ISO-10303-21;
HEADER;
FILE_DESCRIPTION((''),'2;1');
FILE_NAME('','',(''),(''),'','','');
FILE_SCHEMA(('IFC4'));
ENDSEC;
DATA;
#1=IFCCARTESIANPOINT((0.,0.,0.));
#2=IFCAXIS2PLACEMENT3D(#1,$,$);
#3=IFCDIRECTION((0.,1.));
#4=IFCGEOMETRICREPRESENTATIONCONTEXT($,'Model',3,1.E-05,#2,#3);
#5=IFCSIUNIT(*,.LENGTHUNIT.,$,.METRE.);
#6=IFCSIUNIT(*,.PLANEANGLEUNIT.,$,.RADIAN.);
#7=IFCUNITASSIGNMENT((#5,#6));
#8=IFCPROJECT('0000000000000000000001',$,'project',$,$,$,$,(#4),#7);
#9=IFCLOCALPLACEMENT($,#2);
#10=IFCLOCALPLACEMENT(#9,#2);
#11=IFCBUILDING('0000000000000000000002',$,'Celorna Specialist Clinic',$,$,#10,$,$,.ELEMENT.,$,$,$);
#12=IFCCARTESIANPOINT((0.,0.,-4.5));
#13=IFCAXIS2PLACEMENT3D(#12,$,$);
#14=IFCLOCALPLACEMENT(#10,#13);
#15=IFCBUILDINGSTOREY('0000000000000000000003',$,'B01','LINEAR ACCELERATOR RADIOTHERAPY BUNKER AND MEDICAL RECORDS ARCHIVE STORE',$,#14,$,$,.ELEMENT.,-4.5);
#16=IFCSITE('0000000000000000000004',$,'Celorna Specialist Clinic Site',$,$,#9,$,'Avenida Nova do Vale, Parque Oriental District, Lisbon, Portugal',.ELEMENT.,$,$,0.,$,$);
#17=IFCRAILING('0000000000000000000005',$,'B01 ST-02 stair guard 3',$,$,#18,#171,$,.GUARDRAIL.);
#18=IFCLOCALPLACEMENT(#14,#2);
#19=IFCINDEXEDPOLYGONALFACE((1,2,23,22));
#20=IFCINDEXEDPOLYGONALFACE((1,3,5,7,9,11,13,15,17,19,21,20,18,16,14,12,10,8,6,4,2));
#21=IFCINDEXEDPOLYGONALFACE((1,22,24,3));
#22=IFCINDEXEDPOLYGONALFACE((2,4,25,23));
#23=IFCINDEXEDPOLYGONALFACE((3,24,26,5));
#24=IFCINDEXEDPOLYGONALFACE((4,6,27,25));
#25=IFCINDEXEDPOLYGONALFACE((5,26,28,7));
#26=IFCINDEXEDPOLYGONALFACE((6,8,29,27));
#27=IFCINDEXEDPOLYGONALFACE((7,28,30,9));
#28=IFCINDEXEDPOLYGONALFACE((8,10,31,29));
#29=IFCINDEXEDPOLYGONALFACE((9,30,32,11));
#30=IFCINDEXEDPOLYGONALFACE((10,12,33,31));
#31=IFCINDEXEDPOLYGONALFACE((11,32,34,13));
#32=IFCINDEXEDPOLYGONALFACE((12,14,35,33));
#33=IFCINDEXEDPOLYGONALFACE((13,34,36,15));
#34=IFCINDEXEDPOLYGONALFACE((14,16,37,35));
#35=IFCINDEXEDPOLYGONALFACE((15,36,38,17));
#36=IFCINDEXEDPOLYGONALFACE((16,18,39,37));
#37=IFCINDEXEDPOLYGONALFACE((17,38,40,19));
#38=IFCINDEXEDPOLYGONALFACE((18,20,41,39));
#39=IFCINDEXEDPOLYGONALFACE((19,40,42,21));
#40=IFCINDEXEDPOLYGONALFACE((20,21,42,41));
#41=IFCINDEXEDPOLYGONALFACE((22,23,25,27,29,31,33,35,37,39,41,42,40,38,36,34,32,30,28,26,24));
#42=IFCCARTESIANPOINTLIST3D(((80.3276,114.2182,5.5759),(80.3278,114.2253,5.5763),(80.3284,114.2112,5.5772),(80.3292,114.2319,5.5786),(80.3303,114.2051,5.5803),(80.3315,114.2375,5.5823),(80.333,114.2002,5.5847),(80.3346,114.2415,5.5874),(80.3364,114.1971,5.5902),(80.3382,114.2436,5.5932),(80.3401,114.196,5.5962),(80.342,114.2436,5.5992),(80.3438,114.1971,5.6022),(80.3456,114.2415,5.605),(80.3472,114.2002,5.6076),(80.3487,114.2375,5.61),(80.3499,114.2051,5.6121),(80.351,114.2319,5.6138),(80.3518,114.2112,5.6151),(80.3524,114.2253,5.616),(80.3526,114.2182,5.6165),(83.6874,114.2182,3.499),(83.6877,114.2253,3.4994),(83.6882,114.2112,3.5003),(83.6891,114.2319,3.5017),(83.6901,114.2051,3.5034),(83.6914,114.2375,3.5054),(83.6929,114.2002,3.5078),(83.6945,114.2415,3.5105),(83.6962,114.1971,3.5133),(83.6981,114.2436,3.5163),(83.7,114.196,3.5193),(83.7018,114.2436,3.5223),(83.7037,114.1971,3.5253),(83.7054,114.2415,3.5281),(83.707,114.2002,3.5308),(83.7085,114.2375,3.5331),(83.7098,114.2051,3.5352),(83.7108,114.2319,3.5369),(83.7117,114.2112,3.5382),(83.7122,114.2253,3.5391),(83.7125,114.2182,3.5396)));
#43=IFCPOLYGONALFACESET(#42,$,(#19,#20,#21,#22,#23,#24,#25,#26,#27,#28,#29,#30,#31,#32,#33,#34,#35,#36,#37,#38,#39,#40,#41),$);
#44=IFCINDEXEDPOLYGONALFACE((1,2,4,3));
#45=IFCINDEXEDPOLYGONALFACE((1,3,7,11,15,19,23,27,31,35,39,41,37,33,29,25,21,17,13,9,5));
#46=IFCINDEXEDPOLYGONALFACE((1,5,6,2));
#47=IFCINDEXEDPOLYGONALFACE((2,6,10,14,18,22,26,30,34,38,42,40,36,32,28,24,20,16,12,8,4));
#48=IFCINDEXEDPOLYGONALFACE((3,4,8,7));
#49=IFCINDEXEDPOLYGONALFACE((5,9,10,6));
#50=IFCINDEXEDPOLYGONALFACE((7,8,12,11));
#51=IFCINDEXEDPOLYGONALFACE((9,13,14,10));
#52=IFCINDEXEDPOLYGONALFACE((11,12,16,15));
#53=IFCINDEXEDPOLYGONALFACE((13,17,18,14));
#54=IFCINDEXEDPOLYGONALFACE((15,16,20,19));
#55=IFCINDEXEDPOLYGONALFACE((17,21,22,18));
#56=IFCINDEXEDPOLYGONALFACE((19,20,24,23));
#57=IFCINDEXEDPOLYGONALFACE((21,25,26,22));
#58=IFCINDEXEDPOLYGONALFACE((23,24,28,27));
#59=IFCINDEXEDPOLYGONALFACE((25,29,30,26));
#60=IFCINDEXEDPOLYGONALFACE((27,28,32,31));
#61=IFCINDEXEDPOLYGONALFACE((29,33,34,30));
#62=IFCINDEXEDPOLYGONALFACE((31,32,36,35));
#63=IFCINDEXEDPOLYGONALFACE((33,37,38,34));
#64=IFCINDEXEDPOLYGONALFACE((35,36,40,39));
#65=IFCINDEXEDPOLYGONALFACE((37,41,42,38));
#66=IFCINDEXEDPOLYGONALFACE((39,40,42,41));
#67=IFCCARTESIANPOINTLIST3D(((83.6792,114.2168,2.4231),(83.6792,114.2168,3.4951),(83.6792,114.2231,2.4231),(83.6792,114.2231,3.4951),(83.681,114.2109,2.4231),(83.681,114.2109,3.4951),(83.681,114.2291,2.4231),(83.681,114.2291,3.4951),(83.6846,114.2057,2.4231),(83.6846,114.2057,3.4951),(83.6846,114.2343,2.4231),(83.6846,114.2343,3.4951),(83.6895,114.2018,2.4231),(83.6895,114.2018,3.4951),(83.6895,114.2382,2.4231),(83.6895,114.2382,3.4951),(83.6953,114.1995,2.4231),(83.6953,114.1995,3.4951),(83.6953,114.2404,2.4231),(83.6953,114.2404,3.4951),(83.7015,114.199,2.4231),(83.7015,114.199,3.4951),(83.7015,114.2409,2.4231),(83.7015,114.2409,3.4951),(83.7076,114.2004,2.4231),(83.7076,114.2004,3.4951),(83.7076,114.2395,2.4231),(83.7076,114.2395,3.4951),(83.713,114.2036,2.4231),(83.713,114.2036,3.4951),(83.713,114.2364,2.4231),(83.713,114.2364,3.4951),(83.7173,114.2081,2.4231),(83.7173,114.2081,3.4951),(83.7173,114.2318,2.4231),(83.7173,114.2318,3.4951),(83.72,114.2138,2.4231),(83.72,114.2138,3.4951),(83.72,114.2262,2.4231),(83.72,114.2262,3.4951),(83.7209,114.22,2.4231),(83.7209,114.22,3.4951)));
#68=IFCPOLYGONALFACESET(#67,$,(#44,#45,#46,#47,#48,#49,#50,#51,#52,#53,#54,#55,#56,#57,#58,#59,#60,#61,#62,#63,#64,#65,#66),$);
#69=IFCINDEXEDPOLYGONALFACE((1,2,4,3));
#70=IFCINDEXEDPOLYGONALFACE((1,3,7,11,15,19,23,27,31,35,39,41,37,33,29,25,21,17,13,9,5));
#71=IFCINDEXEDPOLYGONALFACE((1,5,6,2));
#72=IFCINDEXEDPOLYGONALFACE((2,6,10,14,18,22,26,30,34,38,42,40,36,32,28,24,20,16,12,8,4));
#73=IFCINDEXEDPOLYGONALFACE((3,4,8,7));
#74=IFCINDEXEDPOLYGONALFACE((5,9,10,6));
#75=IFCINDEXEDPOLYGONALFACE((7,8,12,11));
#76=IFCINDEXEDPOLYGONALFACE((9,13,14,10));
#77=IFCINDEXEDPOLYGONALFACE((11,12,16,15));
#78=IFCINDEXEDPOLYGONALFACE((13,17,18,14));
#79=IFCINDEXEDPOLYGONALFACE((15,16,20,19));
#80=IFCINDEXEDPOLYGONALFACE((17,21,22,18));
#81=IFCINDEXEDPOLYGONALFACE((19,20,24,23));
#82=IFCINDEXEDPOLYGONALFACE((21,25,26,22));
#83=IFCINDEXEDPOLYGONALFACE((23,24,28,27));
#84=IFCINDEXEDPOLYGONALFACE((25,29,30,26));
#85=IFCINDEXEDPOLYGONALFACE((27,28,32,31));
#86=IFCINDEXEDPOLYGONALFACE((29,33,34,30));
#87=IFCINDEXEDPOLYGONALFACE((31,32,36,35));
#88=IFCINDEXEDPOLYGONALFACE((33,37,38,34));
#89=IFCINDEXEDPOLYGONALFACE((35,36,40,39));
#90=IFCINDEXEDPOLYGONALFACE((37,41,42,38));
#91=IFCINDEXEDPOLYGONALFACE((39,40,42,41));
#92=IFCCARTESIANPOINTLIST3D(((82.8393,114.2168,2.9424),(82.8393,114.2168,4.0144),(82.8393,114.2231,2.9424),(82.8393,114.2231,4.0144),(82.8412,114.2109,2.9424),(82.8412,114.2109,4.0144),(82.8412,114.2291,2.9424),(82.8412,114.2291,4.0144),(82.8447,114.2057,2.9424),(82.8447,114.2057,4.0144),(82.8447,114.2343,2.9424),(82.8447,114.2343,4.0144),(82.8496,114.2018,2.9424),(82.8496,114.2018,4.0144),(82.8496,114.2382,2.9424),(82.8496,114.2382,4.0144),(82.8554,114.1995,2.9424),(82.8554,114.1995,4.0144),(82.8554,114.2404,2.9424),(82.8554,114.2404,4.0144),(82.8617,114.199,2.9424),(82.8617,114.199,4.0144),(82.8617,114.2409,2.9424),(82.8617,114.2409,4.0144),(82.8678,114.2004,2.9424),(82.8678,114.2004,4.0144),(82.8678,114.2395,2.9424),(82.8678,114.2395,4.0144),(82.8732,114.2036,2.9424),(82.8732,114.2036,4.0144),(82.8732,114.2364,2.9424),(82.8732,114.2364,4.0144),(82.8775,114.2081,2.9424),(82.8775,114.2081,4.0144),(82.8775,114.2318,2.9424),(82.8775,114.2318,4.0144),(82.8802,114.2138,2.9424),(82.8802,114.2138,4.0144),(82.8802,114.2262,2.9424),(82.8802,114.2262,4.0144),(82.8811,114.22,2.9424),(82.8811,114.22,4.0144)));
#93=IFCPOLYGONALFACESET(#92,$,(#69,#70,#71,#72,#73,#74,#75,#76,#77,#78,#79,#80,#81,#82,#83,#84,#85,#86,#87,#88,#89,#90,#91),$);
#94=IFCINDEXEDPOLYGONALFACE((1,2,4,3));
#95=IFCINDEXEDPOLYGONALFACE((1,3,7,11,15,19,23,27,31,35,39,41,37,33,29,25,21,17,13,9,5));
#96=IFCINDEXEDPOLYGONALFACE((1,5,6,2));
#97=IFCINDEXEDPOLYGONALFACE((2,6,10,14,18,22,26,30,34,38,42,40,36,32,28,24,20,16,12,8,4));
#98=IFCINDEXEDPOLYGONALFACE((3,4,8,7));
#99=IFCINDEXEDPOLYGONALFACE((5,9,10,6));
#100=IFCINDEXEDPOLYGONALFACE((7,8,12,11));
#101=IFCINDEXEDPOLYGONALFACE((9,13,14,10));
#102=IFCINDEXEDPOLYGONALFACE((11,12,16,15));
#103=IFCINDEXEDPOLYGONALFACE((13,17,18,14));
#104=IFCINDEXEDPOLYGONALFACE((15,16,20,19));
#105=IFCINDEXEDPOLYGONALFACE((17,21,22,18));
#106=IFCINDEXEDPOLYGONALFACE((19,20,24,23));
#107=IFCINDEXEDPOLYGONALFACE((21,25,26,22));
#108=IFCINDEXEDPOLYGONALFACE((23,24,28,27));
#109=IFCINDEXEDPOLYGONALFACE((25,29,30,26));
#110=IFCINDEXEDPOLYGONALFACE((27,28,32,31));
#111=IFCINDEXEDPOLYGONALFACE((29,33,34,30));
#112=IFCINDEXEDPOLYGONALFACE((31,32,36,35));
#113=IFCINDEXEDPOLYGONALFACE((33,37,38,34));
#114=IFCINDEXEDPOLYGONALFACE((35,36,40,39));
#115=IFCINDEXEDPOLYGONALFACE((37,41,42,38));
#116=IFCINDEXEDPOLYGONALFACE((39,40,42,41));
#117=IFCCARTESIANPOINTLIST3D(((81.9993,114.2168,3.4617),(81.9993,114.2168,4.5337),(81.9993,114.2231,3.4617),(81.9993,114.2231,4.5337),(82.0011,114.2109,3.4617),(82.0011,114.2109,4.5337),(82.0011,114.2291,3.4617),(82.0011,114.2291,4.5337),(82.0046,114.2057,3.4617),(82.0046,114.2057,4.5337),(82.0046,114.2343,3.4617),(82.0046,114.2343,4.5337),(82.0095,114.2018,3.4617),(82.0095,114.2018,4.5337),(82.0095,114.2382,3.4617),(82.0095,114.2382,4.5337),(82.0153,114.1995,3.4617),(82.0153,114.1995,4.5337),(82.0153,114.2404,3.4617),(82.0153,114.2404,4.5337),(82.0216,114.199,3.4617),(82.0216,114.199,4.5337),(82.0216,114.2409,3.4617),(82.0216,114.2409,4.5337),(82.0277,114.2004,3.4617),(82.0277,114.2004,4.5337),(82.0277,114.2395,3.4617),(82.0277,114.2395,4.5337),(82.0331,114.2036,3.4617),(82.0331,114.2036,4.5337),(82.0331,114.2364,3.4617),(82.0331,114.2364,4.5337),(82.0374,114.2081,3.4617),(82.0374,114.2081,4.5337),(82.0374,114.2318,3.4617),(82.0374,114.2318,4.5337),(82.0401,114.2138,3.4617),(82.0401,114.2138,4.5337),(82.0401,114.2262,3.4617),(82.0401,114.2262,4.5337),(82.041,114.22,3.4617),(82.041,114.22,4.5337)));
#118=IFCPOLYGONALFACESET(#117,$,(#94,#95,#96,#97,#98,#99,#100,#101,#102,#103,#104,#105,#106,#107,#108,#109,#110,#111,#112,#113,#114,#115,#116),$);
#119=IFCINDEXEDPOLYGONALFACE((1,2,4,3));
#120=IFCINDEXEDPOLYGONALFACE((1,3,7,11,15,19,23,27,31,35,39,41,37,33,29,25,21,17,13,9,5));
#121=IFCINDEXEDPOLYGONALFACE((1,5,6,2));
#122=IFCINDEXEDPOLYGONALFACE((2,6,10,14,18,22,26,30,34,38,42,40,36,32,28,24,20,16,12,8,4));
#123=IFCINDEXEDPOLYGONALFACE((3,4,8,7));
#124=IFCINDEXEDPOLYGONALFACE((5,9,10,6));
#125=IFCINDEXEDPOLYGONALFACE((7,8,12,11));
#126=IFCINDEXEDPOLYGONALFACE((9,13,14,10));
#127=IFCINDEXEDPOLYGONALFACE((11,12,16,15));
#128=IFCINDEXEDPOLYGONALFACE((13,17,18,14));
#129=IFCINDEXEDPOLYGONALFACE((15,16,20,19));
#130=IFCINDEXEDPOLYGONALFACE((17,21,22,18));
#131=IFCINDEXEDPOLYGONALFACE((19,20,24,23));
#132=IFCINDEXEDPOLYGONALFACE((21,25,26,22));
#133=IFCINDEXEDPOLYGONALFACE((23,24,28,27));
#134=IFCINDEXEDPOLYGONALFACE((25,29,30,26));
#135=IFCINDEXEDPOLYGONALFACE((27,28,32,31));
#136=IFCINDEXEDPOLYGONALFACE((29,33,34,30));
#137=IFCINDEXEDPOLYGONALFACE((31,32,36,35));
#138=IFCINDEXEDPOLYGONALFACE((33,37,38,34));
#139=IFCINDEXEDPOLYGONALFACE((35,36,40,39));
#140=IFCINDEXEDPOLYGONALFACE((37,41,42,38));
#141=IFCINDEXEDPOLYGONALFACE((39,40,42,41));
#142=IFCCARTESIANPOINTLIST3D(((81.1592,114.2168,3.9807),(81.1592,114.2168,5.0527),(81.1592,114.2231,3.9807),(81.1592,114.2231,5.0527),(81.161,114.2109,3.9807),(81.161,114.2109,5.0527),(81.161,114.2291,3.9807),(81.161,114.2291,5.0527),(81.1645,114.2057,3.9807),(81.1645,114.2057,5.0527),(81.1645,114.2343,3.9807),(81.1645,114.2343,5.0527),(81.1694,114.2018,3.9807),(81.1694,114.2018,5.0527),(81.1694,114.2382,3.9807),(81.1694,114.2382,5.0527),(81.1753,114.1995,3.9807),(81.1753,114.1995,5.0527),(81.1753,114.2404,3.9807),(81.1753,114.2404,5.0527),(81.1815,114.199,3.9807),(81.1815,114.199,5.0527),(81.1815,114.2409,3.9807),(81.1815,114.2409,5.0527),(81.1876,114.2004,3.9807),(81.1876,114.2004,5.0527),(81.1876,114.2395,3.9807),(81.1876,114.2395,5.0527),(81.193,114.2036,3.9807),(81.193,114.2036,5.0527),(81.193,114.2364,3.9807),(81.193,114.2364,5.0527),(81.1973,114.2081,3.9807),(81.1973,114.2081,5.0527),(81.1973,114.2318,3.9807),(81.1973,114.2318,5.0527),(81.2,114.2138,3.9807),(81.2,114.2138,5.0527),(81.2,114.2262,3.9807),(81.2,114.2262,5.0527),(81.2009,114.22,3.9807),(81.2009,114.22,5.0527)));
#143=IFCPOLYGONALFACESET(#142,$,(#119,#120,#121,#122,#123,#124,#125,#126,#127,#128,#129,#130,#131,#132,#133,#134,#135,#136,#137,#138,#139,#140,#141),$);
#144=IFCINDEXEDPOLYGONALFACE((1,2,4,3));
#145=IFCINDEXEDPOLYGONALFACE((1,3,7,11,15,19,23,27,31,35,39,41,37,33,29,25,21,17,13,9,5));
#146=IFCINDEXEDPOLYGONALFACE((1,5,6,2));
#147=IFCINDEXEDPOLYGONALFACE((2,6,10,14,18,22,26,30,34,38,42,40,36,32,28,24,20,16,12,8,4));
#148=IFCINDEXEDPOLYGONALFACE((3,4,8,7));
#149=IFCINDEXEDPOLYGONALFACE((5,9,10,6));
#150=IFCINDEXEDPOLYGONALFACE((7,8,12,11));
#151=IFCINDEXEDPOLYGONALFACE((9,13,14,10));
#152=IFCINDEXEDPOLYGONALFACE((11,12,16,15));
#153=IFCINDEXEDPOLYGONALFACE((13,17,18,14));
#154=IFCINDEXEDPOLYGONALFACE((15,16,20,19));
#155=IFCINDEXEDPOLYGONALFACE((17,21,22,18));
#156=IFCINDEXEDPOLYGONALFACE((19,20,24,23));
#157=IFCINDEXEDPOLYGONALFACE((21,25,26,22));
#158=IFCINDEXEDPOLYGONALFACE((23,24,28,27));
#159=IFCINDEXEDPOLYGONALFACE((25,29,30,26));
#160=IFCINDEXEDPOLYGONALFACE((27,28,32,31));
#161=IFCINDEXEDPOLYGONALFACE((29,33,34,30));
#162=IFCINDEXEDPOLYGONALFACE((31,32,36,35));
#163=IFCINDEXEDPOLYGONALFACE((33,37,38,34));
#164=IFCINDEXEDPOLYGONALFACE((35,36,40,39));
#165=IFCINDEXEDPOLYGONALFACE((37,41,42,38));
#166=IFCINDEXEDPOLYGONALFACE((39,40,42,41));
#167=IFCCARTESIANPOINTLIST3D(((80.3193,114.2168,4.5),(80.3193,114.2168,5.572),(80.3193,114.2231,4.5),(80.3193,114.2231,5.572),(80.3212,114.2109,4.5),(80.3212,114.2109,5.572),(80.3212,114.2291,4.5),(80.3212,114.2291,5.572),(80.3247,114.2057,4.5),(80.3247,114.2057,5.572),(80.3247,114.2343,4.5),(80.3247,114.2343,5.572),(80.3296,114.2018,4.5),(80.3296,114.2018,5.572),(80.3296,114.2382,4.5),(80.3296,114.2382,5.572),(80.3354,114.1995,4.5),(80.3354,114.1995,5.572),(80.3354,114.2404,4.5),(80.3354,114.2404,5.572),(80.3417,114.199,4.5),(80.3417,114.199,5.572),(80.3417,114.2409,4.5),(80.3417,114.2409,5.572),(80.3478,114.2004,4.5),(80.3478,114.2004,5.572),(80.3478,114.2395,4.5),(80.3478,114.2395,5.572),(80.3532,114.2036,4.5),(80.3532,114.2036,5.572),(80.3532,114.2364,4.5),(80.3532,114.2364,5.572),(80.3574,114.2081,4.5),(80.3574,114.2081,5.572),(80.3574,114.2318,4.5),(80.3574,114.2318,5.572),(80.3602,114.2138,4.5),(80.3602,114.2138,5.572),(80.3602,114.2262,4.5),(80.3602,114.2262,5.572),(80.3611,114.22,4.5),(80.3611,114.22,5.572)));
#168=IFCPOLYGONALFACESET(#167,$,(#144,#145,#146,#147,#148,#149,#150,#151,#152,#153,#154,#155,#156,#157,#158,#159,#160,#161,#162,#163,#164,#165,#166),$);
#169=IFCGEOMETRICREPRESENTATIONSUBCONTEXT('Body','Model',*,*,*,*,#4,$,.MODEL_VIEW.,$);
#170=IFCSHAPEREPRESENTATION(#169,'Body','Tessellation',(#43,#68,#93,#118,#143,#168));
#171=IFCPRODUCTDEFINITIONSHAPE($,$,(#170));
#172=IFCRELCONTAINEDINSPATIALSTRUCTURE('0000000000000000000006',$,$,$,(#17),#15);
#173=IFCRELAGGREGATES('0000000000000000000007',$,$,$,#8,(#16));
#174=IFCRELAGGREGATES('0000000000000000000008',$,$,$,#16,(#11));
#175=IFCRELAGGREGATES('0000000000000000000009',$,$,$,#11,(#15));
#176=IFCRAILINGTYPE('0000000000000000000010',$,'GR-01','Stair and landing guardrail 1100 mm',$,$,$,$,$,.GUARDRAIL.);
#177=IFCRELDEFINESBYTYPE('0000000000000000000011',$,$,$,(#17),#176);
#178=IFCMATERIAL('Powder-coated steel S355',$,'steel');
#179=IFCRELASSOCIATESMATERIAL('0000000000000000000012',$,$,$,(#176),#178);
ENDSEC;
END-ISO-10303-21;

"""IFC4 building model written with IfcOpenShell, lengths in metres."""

from ifc_helpers import new_model, si_unit, direction, frame, origin, origin_2d, place, context, subcontext, project, spatial, circle, extrude, material, type_object, element, save


model = new_model("IFC4")

# Units and contexts
model_context = context("Model", 3, precision=1e-05, world=origin(), true_north=direction((0.0, 1.0)))
body_context = subcontext(model_context, "Body", "Model", "MODEL_VIEW")
ifc_project = project(units=[si_unit("LENGTHUNIT", "METRE"), si_unit("PLANEANGLEUNIT", "RADIAN")], contexts=[model_context])

# Site, building, storey
site_placement = place(None, origin())
site = spatial("IfcSite", under=ifc_project, at=site_placement, Name="Celorna Specialist Clinic Site", LongName="Avenida Nova do Vale, Parque Oriental District, Lisbon, Portugal", CompositionType="ELEMENT", RefElevation=0.0)
building_placement = place(site_placement, origin())
building = spatial("IfcBuilding", under=site, at=building_placement, Name="Celorna Specialist Clinic", CompositionType="ELEMENT")
storey_placement = place(building_placement, frame((0.0, 0.0, -4.5)))
storey = spatial("IfcBuildingStorey", under=building, at=storey_placement, Name="B01", Description="LINEAR ACCELERATOR RADIOTHERAPY BUNKER AND MEDICAL RECORDS ARCHIVE STORE", CompositionType="ELEMENT", Elevation=-4.5)

# Railing
ifc_material_1 = material(Name="Powder-coated steel S355", Category="steel")
railing_type_1 = type_object("IfcRailingType", Name="GR-01", Description="Stair and landing guardrail 1100 mm", PredefinedType="GUARDRAIL", material=ifc_material_1)
railing_1_placement = place(storey_placement, frame((83.7, 114.22, 2.4231)))
element("IfcRailing", 1, at=railing_1_placement, inside=storey, type_object=railing_type_1, Name="B01 ST-02 stair guard 3", PredefinedType="GUARDRAIL", context=body_context, shape_type="SweptSolid", body=[
    extrude(circle(Radius=0.0239, at=origin_2d()), frame((0.0, 0.0, 1.0962), z_axis=(-0.850606, 0.0, 0.525803), x_axis=(0.0, -1.0, 0.0)), (0.0, 0.0, 1.0), 3.95),
    extrude(circle(Radius=0.021, at=origin_2d()), origin(), (0.0, 0.0, 1.0), 1.072),
    extrude(circle(Radius=0.021, at=origin_2d()), frame((-0.8398, 0.0, 0.5193)), (0.0, 0.0, 1.0), 1.072),
    extrude(circle(Radius=0.021, at=origin_2d()), frame((-1.6799, 0.0, 1.0386)), (0.0, 0.0, 1.0), 1.072),
    extrude(circle(Radius=0.021, at=origin_2d()), frame((-2.52, 0.0, 1.5576)), (0.0, 0.0, 1.0), 1.072),
    extrude(circle(Radius=0.021, at=origin_2d()), frame((-3.3599, 0.0, 2.0769)), (0.0, 0.0, 1.0), 1.072),
])

save(model, "model.ifc")
